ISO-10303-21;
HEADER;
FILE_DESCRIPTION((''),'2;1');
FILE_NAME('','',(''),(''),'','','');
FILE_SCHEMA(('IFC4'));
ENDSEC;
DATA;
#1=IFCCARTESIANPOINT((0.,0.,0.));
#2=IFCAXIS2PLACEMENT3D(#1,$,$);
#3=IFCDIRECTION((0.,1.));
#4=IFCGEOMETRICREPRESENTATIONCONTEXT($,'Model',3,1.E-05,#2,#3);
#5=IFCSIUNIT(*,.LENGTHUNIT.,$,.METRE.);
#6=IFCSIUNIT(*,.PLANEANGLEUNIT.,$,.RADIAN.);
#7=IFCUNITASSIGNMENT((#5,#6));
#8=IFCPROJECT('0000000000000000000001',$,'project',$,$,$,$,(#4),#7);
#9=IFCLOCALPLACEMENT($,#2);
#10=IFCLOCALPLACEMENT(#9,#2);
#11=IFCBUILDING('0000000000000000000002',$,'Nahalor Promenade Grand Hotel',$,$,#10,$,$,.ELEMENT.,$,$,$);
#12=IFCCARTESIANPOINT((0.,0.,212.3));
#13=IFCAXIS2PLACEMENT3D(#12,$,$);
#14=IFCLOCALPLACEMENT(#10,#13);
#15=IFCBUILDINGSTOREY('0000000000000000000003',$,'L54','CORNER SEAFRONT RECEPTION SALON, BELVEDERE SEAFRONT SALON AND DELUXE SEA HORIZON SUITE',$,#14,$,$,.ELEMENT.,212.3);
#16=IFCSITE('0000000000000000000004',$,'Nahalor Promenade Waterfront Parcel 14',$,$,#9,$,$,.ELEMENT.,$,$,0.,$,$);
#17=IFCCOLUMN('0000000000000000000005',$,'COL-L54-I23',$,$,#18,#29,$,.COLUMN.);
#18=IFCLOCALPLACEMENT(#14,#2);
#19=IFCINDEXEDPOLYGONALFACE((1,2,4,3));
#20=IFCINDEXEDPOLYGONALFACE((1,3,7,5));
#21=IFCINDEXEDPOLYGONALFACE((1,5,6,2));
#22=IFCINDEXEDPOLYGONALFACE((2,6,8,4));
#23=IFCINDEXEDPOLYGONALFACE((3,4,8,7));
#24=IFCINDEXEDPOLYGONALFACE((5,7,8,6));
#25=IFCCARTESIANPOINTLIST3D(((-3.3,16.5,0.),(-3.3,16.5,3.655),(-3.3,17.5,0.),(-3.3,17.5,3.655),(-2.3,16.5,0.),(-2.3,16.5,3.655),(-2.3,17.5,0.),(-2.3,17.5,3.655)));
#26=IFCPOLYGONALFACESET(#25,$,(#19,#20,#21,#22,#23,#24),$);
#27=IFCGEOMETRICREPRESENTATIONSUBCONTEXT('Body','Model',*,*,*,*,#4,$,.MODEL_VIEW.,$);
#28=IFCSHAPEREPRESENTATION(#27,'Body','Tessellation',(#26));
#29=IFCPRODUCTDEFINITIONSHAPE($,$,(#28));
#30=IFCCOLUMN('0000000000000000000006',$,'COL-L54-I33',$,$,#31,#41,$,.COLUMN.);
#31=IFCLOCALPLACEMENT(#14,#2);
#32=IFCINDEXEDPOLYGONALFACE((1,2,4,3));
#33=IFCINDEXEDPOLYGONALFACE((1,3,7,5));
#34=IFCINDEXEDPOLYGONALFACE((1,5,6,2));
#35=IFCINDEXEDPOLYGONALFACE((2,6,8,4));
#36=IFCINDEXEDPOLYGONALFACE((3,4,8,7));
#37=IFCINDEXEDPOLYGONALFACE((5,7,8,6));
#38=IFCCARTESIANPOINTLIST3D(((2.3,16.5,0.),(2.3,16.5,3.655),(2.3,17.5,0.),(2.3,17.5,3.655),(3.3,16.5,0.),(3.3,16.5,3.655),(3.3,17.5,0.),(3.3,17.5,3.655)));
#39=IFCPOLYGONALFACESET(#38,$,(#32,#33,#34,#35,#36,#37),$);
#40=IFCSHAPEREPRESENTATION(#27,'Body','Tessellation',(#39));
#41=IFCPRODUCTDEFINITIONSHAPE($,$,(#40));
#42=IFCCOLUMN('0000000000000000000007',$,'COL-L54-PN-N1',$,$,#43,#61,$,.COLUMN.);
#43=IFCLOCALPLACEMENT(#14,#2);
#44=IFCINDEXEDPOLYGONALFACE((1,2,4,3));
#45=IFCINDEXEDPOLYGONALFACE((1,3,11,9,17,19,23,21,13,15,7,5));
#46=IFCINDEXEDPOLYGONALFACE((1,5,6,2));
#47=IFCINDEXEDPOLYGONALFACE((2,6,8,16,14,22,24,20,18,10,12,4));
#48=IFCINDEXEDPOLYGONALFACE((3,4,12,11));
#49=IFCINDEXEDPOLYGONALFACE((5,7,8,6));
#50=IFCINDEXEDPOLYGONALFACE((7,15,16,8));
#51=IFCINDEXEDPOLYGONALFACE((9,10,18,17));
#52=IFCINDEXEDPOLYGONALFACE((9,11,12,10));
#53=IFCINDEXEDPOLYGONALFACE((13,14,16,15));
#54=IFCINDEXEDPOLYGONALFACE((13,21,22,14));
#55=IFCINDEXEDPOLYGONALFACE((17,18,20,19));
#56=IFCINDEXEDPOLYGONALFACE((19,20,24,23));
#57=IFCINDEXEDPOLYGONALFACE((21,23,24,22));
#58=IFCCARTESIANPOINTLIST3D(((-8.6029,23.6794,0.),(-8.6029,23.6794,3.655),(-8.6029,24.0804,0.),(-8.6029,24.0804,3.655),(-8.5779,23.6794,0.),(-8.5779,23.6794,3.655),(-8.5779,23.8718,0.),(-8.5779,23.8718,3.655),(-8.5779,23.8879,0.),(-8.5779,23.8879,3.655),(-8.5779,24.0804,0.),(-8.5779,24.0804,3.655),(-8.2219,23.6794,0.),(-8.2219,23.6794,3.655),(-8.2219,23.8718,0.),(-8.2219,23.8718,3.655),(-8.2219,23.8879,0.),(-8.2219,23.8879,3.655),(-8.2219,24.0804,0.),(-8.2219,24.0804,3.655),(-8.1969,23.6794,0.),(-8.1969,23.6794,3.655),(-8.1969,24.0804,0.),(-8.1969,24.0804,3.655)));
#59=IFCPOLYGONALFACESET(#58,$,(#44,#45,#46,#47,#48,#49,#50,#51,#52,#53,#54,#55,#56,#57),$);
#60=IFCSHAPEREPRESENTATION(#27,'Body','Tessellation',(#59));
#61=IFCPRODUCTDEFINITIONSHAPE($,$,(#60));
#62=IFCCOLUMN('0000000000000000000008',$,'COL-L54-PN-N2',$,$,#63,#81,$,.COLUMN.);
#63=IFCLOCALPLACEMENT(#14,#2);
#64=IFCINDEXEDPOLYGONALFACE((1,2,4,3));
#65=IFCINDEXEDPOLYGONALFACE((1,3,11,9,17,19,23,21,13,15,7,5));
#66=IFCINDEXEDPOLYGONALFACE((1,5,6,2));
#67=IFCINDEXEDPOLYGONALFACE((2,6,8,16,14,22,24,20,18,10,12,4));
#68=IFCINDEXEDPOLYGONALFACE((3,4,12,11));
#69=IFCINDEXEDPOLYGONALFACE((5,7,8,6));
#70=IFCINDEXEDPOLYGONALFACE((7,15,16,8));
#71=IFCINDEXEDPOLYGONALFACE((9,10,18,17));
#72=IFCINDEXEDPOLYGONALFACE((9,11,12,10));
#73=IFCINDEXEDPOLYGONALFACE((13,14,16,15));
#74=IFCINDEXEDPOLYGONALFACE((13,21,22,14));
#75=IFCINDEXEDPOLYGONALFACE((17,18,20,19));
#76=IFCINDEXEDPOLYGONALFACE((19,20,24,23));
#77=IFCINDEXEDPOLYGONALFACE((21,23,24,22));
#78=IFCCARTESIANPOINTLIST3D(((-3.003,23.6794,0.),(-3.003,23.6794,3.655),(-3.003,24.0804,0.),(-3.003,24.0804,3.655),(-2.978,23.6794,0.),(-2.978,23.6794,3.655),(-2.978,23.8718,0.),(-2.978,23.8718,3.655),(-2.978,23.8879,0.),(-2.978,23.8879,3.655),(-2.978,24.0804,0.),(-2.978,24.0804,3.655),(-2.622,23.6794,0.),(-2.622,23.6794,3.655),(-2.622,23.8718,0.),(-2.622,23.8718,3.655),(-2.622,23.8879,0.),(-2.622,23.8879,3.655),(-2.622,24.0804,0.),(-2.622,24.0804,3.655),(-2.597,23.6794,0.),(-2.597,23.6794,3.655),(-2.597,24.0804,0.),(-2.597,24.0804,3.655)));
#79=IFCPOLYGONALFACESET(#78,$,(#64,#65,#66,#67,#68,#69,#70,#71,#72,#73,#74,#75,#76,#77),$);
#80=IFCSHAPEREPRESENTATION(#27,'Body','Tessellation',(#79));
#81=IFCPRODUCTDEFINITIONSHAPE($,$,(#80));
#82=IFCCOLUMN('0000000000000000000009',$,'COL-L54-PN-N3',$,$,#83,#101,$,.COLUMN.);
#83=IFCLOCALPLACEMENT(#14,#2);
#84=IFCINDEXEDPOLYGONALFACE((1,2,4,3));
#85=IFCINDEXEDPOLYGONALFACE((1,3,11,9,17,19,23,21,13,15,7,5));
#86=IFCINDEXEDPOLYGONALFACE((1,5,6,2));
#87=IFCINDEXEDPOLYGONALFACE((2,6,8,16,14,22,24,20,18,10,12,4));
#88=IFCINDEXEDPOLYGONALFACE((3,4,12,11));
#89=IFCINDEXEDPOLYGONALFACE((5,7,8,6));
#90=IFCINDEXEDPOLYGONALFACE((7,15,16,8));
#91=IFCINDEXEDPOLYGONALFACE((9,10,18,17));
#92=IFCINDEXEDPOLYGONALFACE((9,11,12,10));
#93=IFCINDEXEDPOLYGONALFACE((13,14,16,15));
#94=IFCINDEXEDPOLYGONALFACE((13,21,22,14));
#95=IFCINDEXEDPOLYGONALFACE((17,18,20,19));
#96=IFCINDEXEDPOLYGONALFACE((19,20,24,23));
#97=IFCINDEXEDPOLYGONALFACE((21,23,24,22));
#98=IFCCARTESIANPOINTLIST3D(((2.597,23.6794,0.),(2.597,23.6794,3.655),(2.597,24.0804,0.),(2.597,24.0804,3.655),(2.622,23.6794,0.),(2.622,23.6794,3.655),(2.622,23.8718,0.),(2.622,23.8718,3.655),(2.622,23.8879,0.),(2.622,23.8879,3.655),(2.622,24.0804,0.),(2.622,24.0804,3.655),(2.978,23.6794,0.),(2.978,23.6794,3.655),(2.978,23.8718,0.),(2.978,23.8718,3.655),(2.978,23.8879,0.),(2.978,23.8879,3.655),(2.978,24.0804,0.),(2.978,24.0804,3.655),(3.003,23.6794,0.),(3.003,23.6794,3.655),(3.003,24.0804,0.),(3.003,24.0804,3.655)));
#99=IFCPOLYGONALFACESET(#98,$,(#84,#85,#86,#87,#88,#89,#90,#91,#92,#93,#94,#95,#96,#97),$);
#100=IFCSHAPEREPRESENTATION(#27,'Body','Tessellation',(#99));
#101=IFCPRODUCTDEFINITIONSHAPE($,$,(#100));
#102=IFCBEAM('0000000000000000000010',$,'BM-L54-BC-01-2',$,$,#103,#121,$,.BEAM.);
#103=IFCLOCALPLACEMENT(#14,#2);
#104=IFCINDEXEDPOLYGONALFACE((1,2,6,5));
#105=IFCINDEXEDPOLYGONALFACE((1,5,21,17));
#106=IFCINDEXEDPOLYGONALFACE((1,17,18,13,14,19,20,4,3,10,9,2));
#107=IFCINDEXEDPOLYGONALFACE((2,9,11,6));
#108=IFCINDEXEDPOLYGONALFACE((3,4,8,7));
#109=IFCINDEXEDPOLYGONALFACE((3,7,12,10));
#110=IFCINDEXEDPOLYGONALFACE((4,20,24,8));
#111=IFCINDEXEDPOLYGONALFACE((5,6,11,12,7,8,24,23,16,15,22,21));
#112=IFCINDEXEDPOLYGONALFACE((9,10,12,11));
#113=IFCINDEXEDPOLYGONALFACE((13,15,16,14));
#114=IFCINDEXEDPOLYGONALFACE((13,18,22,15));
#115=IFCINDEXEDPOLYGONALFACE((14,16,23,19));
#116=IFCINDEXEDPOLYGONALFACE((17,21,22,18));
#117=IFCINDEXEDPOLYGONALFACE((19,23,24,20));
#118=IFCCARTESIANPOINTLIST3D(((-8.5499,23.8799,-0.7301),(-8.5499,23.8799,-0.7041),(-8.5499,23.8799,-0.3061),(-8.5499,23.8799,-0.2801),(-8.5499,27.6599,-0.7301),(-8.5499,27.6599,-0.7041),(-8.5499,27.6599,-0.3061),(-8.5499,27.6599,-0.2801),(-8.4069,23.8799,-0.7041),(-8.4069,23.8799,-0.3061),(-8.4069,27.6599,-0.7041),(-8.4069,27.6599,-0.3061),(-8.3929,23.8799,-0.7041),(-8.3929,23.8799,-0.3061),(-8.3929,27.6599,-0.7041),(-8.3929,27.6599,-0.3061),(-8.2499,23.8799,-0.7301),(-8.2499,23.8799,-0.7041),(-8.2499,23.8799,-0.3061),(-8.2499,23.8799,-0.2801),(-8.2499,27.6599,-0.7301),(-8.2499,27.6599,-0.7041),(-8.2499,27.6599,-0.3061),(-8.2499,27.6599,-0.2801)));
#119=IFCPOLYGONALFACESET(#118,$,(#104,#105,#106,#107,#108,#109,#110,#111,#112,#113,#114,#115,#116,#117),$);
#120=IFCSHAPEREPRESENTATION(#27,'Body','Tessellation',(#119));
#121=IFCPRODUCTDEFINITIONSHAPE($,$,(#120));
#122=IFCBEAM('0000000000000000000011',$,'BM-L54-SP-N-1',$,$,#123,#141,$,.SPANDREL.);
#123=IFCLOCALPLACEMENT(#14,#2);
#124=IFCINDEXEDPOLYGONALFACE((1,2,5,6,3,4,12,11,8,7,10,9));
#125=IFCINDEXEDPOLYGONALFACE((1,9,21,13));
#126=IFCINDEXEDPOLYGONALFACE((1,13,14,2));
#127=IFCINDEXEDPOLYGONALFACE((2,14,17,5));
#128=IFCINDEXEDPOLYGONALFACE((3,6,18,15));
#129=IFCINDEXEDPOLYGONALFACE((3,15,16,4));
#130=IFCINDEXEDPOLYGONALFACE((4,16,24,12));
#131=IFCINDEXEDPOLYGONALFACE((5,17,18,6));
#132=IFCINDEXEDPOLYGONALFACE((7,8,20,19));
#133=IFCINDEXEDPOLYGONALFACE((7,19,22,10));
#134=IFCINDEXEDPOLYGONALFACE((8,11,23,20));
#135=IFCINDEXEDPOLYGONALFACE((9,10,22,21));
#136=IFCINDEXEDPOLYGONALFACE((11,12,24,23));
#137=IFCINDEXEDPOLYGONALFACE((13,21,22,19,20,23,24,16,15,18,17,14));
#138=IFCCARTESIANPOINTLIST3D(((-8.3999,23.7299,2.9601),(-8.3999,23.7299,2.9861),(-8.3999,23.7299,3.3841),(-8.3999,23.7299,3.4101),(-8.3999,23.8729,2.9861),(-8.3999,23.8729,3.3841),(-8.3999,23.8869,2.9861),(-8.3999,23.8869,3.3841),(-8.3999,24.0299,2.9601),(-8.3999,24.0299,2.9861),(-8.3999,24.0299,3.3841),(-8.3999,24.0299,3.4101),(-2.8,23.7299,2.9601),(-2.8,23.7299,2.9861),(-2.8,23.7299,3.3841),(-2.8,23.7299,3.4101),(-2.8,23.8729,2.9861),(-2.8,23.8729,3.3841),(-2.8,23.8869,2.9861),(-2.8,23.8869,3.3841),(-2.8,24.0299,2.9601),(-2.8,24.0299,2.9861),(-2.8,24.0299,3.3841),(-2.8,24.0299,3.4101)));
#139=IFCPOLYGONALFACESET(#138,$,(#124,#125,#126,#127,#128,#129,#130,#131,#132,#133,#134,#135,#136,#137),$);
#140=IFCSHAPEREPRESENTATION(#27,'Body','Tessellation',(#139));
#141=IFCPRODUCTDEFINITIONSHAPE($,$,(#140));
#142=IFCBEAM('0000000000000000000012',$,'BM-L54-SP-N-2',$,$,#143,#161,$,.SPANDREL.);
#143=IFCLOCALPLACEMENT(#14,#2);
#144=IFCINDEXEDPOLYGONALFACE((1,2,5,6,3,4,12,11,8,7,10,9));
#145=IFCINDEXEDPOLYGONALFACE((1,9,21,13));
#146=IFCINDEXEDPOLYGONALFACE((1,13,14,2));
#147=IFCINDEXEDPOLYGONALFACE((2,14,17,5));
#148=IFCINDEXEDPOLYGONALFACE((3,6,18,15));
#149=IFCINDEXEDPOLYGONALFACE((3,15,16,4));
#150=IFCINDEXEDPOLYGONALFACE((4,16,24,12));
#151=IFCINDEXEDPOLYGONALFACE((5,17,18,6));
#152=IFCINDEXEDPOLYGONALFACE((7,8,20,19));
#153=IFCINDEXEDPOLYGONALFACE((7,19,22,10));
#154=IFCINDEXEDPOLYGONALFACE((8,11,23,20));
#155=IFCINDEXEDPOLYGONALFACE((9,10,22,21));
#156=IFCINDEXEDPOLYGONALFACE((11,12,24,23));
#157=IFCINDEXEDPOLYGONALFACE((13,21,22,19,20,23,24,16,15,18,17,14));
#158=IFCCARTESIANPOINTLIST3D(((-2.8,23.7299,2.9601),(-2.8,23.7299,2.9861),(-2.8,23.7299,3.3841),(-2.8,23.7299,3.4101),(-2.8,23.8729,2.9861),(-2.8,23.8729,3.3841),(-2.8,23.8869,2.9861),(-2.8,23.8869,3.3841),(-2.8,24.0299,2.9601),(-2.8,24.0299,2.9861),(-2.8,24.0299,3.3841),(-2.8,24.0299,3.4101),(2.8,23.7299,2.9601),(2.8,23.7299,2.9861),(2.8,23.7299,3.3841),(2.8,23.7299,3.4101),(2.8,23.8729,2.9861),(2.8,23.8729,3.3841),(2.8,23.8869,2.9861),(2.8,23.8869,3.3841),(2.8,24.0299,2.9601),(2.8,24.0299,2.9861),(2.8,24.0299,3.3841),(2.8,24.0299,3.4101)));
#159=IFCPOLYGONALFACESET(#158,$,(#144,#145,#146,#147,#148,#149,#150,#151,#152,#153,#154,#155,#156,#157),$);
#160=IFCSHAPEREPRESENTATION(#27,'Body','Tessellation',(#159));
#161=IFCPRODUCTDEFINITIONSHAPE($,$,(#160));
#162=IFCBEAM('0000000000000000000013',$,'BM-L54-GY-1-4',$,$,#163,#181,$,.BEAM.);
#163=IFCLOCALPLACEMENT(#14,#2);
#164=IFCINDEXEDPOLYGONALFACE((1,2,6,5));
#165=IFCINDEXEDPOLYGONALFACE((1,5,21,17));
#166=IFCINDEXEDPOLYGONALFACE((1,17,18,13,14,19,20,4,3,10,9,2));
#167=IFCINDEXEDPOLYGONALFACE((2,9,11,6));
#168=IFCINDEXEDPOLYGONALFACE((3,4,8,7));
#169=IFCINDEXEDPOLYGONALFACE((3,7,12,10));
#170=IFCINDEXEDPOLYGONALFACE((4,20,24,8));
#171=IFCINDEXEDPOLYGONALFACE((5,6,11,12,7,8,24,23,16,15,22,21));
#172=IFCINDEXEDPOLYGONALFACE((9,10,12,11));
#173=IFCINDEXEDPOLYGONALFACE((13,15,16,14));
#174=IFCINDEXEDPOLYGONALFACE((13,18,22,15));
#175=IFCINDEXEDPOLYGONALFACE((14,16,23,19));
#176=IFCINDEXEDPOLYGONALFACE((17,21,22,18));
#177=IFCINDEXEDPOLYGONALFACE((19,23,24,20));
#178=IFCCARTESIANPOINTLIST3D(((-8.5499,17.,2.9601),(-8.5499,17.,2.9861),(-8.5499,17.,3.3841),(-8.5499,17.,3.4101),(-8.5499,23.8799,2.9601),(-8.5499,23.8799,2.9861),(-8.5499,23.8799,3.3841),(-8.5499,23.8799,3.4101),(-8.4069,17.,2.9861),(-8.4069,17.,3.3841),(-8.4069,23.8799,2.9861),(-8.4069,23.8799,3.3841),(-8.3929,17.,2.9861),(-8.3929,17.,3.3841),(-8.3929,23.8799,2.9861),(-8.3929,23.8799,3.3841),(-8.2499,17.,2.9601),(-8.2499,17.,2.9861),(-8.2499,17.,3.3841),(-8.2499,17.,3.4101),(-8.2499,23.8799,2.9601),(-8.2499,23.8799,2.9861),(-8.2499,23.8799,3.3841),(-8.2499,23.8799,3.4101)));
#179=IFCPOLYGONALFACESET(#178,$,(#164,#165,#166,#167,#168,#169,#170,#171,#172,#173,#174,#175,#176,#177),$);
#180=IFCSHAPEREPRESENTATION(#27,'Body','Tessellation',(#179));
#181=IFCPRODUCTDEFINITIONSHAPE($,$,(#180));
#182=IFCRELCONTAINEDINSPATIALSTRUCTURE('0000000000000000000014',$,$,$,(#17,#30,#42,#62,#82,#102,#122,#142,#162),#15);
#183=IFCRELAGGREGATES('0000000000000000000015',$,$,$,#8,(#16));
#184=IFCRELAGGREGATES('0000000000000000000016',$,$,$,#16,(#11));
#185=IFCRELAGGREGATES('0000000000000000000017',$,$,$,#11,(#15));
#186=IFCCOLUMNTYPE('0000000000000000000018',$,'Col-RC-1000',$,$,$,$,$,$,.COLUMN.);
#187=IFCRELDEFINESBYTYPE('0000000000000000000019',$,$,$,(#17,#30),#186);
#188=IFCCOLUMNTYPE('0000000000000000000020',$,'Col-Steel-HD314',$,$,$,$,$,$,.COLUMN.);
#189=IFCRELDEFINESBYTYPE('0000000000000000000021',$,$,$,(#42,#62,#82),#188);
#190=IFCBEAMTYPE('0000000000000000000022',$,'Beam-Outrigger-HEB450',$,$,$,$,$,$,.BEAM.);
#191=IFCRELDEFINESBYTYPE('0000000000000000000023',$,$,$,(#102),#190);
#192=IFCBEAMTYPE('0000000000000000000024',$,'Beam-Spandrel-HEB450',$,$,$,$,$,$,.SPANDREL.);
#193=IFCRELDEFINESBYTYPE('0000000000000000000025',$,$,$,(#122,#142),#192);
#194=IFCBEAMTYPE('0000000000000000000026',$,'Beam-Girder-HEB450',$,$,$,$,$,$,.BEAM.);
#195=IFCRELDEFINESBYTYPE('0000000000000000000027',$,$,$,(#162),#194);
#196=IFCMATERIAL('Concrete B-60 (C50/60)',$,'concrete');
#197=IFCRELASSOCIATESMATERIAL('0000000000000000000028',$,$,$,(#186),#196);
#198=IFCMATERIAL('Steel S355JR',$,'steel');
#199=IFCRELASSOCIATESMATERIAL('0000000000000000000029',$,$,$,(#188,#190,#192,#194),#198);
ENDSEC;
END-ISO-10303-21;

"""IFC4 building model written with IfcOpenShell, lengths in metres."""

from ifc_helpers import new_model, si_unit, direction, frame, origin, origin_2d, place, context, subcontext, project, spatial, rectangle, i_section, extrude, source, transform, mapped, material, material_profile, profile_set, type_object, element, save


model = new_model("IFC4")

# Units and contexts
model_context = context("Model", 3, precision=1e-05, world=origin(), true_north=direction((0.0, 1.0)))
body_context = subcontext(model_context, "Body", "Model", "MODEL_VIEW")
ifc_project = project(units=[si_unit("LENGTHUNIT", "METRE"), si_unit("PLANEANGLEUNIT", "RADIAN")], contexts=[model_context])

# Site, building, storey
site_placement = place(None, origin())
site = spatial("IfcSite", under=ifc_project, at=site_placement, Name="Nahalor Promenade Waterfront Parcel 14", CompositionType="ELEMENT", RefElevation=0.0)
building_placement = place(site_placement, origin())
building = spatial("IfcBuilding", under=site, at=building_placement, Name="Nahalor Promenade Grand Hotel", CompositionType="ELEMENT")
storey_placement = place(building_placement, frame((0.0, 0.0, 212.3)))
storey = spatial("IfcBuildingStorey", under=building, at=storey_placement, Name="L54", Description="CORNER SEAFRONT RECEPTION SALON, BELVEDERE SEAFRONT SALON AND DELUXE SEA HORIZON SUITE", CompositionType="ELEMENT", Elevation=212.3)

# Columns
ifc_material_1 = material(Name="Concrete B-60 (C50/60)", Category="concrete")
ifc_material_profile_1 = material_profile(ifc_material_1, rectangle(XDim=1.0, YDim=1.0, at=origin_2d()), Name="RC 1000x1000")
ifc_profile_set_1 = profile_set([ifc_material_profile_1], Name="Concrete B-60 (C50/60)")
column_type_1 = type_object("IfcColumnType", Name="Col-RC-1000", PredefinedType="COLUMN", material=ifc_profile_set_1)
shared_shape_1 = source(origin(), body_context, "Body", "SweptSolid", [
    extrude(rectangle(XDim=1.0, YDim=1.0, at=origin_2d()), origin(), (0.0, 0.0, 1.0), 3.655),
])
for number, where, z_axis, x_axis, name in (
    (1, (-2.8, 17.0, 0.0), (0.0, 0.0, 1.0), (1.0, 0.0, 0.0), "COL-L54-I23"),
    (2, (2.8, 17.0, 0.0), (0.0, 0.0, 1.0), (1.0, 0.0, 0.0), "COL-L54-I33"),
):
    element("IfcColumn", number, at=place(storey_placement, frame(where, z_axis=z_axis, x_axis=x_axis)), inside=storey, type_object=column_type_1, Name=name, PredefinedType="COLUMN", context=body_context, shape_type="MappedRepresentation", body=[
        mapped(shared_shape_1, transform((0.0, 0.0, 0.0), scale=1.0)),
    ])
ifc_material_2 = material(Name="Steel S355JR", Category="steel")
ifc_material_profile_2 = material_profile(ifc_material_2, i_section(OverallWidth=0.401, OverallDepth=0.406, WebThickness=0.0161, FlangeThickness=0.025, at=origin_2d()), Name="HD 400x314")
ifc_profile_set_2 = profile_set([ifc_material_profile_2], Name="Steel S355JR")
column_type_2 = type_object("IfcColumnType", Name="Col-Steel-HD314", PredefinedType="COLUMN", material=ifc_profile_set_2)
shared_shape_2 = source(origin(), body_context, "Body", "SweptSolid", [
    extrude(i_section(OverallWidth=0.401, OverallDepth=0.406, WebThickness=0.0161, FlangeThickness=0.025, at=origin_2d()), origin(), (0.0, 0.0, 1.0), 3.655),
])
for number, where, z_axis, x_axis, name in (
    (3, (-8.3999, 23.8799, 0.0), (0.0, 0.0, 1.0), (0.0, 1.0, 0.0), "COL-L54-PN-N1"),
    (4, (-2.8, 23.8799, 0.0), (0.0, 0.0, 1.0), (0.0, 1.0, 0.0), "COL-L54-PN-N2"),
    (5, (2.8, 23.8799, 0.0), (0.0, 0.0, 1.0), (0.0, 1.0, 0.0), "COL-L54-PN-N3"),
):
    element("IfcColumn", number, at=place(storey_placement, frame(where, z_axis=z_axis, x_axis=x_axis)), inside=storey, type_object=column_type_2, Name=name, PredefinedType="COLUMN", context=body_context, shape_type="MappedRepresentation", body=[
        mapped(shared_shape_2, transform((0.0, 0.0, 0.0), scale=1.0)),
    ])

# Beams
ifc_material_profile_3 = material_profile(ifc_material_2, i_section(OverallWidth=0.3, OverallDepth=0.45, WebThickness=0.014, FlangeThickness=0.026, at=origin_2d()), Name="HEB 450")
ifc_profile_set_3 = profile_set([ifc_material_profile_3], Name="Steel S355JR")
beam_type_1 = type_object("IfcBeamType", Name="Beam-Outrigger-HEB450", PredefinedType="BEAM", material=ifc_profile_set_3)
shared_shape_3 = source(origin(), body_context, "Body", "SweptSolid", [
    extrude(i_section(OverallWidth=0.3, OverallDepth=0.45, WebThickness=0.014, FlangeThickness=0.026, at=origin_2d()), origin(), (0.0, 0.0, 1.0), 3.78),
])
beam_1_placement = place(storey_placement, frame((-8.3999, 23.8799, -0.5051), z_axis=(0.0, 1.0, 0.0), x_axis=(-1.0, 0.0, 0.0)))
element("IfcBeam", 6, at=beam_1_placement, inside=storey, type_object=beam_type_1, Name="BM-L54-BC-01-2", PredefinedType="BEAM", context=body_context, shape_type="MappedRepresentation", body=[
    mapped(shared_shape_3, transform((0.0, 0.0, 0.0), scale=1.0)),
])
ifc_material_profile_4 = material_profile(ifc_material_2, i_section(OverallWidth=0.3, OverallDepth=0.45, WebThickness=0.014, FlangeThickness=0.026, at=origin_2d()), Name="HEB 450")
ifc_profile_set_4 = profile_set([ifc_material_profile_4], Name="Steel S355JR")
beam_type_2 = type_object("IfcBeamType", Name="Beam-Spandrel-HEB450", PredefinedType="SPANDREL", material=ifc_profile_set_4)
shared_shape_4 = source(origin(), body_context, "Body", "SweptSolid", [
    extrude(i_section(OverallWidth=0.3, OverallDepth=0.45, WebThickness=0.014, FlangeThickness=0.026, at=origin_2d()), origin(), (0.0, 0.0, 1.0), 5.5999),
])
beam_2_placement = place(storey_placement, frame((-8.3999, 23.8799, 3.1851), z_axis=(1.0, 0.0, 0.0), x_axis=(0.0, 1.0, 0.0)))
element("IfcBeam", 7, at=beam_2_placement, inside=storey, type_object=beam_type_2, Name="BM-L54-SP-N-1", PredefinedType="SPANDREL", context=body_context, shape_type="MappedRepresentation", body=[
    mapped(shared_shape_4, transform((0.0, 0.0, 0.0), scale=1.0)),
])
shared_shape_5 = source(origin(), body_context, "Body", "SweptSolid", [
    extrude(i_section(OverallWidth=0.3, OverallDepth=0.45, WebThickness=0.014, FlangeThickness=0.026, at=origin_2d()), origin(), (0.0, 0.0, 1.0), 5.6001),
])
beam_3_placement = place(storey_placement, frame((-2.8, 23.8799, 3.1851), z_axis=(1.0, 0.0, 0.0), x_axis=(0.0, 1.0, 0.0)))
element("IfcBeam", 8, at=beam_3_placement, inside=storey, type_object=beam_type_2, Name="BM-L54-SP-N-2", PredefinedType="SPANDREL", context=body_context, shape_type="MappedRepresentation", body=[
    mapped(shared_shape_5, transform((0.0, 0.0, 0.0), scale=1.0)),
])
ifc_material_profile_5 = material_profile(ifc_material_2, i_section(OverallWidth=0.3, OverallDepth=0.45, WebThickness=0.014, FlangeThickness=0.026, at=origin_2d()), Name="HEB 450")
ifc_profile_set_5 = profile_set([ifc_material_profile_5], Name="Steel S355JR")
beam_type_3 = type_object("IfcBeamType", Name="Beam-Girder-HEB450", PredefinedType="BEAM", material=ifc_profile_set_5)
shared_shape_6 = source(origin(), body_context, "Body", "SweptSolid", [
    extrude(i_section(OverallWidth=0.3, OverallDepth=0.45, WebThickness=0.014, FlangeThickness=0.026, at=origin_2d()), origin(), (0.0, 0.0, 1.0), 6.8799),
])
for number, where, z_axis, x_axis, name in (
    (9, (-8.3999, 17.0, 3.1851), (0.0, 1.0, 0.0), (-1.0, 0.0, 0.0), "BM-L54-GY-1-4"),
):
    element("IfcBeam", number, at=place(storey_placement, frame(where, z_axis=z_axis, x_axis=x_axis)), inside=storey, type_object=beam_type_3, Name=name, PredefinedType="BEAM", context=body_context, shape_type="MappedRepresentation", body=[
        mapped(shared_shape_6, transform((0.0, 0.0, 0.0), scale=1.0)),
    ])

save(model, "model.ifc")
